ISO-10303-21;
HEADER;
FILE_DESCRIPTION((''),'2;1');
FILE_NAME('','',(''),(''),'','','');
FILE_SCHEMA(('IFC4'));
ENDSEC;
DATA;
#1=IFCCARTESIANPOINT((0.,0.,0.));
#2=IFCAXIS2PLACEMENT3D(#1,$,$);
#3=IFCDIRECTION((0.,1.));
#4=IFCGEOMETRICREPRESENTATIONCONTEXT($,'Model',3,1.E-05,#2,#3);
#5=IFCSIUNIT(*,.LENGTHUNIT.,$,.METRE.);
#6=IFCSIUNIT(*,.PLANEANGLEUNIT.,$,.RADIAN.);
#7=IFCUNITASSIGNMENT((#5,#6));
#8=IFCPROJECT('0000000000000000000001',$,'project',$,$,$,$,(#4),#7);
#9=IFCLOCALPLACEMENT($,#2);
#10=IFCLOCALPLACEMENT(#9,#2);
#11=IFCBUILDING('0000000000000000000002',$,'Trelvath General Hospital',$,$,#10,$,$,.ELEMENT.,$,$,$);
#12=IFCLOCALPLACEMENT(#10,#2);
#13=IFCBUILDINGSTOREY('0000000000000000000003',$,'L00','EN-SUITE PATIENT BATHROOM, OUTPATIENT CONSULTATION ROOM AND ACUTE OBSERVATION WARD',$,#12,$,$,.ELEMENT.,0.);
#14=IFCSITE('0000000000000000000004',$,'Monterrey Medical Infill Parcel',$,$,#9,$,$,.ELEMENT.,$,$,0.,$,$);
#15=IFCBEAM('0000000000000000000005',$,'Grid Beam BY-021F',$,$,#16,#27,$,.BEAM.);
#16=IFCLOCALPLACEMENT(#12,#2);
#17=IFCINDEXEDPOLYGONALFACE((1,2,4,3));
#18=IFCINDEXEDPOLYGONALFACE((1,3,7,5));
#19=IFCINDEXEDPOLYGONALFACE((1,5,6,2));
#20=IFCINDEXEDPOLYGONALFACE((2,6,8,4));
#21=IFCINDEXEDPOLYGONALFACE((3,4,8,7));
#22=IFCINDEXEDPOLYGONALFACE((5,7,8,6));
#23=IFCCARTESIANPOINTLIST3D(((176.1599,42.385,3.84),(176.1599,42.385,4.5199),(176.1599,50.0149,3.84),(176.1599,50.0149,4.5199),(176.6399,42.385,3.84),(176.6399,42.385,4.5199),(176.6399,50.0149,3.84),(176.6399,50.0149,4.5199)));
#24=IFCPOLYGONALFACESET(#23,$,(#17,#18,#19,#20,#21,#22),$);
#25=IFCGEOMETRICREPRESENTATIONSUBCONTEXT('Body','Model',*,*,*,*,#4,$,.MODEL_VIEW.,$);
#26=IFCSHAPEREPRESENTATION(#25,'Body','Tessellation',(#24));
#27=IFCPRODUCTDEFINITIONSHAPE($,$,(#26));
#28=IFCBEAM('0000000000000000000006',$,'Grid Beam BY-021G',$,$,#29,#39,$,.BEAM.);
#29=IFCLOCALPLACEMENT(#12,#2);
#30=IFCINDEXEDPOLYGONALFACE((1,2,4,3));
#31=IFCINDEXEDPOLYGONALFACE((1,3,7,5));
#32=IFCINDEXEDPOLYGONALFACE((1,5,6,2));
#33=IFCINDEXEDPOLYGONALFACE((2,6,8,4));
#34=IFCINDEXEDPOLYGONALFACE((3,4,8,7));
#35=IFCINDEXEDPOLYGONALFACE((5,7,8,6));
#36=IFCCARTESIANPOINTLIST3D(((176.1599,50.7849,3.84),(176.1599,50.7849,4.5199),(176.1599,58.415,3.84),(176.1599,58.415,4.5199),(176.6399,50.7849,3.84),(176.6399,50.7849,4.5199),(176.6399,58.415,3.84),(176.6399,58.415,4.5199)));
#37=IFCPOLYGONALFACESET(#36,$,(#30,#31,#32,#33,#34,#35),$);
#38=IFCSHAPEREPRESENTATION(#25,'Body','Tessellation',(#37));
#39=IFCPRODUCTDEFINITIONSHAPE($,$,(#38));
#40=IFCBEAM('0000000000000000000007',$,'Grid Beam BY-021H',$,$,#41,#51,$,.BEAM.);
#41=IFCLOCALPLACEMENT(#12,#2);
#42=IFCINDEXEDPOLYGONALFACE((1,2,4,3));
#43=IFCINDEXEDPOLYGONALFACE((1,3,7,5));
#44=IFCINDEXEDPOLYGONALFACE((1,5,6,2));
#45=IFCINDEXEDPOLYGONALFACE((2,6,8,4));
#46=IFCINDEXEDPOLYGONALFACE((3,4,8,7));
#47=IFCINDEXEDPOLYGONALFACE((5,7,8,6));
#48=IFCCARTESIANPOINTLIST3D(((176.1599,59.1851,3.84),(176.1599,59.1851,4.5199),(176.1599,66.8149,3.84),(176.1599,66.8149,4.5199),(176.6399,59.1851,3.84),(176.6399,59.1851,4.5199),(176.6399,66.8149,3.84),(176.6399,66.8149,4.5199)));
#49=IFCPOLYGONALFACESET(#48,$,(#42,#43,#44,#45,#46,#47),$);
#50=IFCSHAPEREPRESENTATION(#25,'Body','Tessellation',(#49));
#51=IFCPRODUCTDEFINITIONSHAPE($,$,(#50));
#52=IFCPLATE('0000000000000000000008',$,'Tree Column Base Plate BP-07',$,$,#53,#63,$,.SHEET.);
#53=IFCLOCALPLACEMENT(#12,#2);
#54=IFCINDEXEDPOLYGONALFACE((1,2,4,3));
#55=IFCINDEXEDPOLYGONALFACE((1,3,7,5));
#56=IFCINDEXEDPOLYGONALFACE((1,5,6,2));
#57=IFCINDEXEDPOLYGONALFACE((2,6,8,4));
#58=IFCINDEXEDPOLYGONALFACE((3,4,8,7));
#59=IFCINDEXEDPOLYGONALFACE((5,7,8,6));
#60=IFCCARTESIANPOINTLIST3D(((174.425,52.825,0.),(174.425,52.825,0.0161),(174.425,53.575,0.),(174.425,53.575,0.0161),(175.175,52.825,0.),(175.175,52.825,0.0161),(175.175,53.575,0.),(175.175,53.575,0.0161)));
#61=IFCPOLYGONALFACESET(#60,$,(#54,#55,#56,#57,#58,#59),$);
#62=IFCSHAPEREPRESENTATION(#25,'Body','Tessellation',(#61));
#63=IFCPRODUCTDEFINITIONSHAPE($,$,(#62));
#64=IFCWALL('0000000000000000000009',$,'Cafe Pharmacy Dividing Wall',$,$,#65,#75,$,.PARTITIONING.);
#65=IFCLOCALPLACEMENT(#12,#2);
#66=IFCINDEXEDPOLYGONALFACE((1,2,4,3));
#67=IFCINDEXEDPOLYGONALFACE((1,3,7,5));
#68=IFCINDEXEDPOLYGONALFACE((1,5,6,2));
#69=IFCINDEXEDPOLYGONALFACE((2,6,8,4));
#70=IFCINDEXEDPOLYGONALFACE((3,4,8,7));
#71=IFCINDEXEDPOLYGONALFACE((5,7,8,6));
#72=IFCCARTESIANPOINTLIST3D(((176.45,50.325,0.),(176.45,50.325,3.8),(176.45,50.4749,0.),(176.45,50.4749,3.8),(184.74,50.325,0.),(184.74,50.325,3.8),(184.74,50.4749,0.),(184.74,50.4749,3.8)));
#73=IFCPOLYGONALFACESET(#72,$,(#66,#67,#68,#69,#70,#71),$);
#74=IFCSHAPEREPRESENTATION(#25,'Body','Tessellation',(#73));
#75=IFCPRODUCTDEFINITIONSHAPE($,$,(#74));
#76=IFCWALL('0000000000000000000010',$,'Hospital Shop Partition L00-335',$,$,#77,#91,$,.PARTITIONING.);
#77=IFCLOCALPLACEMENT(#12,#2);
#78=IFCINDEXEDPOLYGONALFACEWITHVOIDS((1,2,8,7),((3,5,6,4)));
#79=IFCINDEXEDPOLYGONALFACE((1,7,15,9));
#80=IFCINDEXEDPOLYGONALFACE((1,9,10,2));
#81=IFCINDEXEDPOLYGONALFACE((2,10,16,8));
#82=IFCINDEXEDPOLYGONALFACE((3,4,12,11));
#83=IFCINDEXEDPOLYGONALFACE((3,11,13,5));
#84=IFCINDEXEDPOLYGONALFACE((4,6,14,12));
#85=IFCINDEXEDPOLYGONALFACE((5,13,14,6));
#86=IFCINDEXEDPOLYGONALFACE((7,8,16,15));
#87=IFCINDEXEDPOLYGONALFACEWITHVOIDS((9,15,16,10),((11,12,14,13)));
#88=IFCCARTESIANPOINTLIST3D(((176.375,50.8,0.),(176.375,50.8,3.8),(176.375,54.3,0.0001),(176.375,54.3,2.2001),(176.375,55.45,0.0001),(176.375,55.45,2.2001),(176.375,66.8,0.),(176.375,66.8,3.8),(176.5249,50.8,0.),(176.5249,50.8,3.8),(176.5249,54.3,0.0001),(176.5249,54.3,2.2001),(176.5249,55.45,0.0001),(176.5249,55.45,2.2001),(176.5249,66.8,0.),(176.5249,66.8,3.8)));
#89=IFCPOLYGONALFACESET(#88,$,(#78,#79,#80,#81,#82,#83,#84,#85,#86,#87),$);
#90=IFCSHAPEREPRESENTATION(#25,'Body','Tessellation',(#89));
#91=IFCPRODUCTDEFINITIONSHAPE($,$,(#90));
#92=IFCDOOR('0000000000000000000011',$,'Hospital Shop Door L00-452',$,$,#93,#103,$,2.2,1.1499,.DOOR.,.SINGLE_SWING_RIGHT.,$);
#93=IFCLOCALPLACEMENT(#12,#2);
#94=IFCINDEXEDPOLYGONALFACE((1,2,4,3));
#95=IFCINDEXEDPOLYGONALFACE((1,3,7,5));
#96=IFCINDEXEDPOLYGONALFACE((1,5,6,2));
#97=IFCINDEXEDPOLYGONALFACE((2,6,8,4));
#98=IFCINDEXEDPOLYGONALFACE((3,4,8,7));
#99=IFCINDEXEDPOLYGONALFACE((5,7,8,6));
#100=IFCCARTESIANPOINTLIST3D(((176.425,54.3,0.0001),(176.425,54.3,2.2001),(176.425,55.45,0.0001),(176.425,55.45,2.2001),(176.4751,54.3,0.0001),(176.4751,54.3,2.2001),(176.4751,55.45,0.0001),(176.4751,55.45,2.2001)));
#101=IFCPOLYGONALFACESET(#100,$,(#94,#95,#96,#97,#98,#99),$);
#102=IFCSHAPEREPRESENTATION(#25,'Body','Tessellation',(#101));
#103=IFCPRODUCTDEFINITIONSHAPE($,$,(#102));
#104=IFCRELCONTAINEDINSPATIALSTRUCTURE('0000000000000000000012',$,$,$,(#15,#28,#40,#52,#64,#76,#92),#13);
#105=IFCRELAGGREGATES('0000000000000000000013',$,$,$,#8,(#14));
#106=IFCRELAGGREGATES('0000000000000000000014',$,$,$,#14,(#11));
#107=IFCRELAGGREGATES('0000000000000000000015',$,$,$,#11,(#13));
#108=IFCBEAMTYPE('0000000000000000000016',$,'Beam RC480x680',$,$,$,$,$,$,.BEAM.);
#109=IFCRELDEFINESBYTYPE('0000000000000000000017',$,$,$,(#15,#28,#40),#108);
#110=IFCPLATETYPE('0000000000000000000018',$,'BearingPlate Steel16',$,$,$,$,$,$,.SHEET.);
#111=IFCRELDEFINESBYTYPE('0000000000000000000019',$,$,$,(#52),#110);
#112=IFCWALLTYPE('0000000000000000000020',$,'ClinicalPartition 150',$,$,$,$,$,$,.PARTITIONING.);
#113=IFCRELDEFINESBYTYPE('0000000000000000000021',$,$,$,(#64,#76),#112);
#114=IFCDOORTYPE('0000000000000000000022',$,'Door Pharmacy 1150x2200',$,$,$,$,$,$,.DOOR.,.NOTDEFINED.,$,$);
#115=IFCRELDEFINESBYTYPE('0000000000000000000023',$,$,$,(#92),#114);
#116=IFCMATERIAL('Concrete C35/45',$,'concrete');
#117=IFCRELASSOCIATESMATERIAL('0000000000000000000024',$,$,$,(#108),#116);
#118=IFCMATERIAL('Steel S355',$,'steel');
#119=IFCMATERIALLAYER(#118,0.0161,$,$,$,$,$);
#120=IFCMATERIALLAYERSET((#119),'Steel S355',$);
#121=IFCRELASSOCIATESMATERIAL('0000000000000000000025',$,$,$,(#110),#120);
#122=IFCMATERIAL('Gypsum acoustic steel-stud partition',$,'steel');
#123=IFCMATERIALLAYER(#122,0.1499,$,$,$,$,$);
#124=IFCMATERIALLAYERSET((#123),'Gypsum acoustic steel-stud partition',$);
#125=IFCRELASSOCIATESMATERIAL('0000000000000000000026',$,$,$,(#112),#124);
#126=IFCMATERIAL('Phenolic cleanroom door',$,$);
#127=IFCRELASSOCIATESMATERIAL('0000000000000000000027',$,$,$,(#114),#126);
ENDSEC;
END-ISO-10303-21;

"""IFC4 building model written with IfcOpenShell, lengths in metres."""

from ifc_helpers import new_model, si_unit, direction, frame, frame_2d, origin, origin_2d, place, context, subcontext, project, spatial, rectangle, extrude, material, layer, layer_set, material_profile, profile_set, type_object, element, fill, save


model = new_model("IFC4")

# Units and contexts
model_context = context("Model", 3, precision=1e-05, world=origin(), true_north=direction((0.0, 1.0)))
body_context = subcontext(model_context, "Body", "Model", "MODEL_VIEW")
ifc_project = project(units=[si_unit("LENGTHUNIT", "METRE"), si_unit("PLANEANGLEUNIT", "RADIAN")], contexts=[model_context])

# Site, building, storey
site_placement = place(None, origin())
site = spatial("IfcSite", under=ifc_project, at=site_placement, Name="Monterrey Medical Infill Parcel", CompositionType="ELEMENT", RefElevation=0.0)
building_placement = place(site_placement, origin())
building = spatial("IfcBuilding", under=site, at=building_placement, Name="Trelvath General Hospital", CompositionType="ELEMENT")
storey_placement = place(building_placement, origin())
storey = spatial("IfcBuildingStorey", under=building, at=storey_placement, Name="L00", Description="EN-SUITE PATIENT BATHROOM, OUTPATIENT CONSULTATION ROOM AND ACUTE OBSERVATION WARD", CompositionType="ELEMENT", Elevation=0.0)

# Beams
ifc_material_1 = material(Name="Concrete C35/45", Category="concrete")
ifc_material_profile_1 = material_profile(ifc_material_1, rectangle(XDim=0.48, YDim=0.6799, at=origin_2d()), Name="RCB480x680")
ifc_profile_set_1 = profile_set([ifc_material_profile_1], Name="Concrete C35/45")
beam_type_1 = type_object("IfcBeamType", Name="Beam RC480x680", PredefinedType="BEAM", material=ifc_profile_set_1)
beam_1_placement = place(storey_placement, frame((176.3999, 42.385, 4.1799), z_axis=(0.0, 1.0, 0.0), x_axis=(-1.0, 0.0, 0.0)))
element("IfcBeam", 1, at=beam_1_placement, inside=storey, type_object=beam_type_1, Name="Grid Beam BY-021F", PredefinedType="BEAM", context=body_context, shape_type="SweptSolid", body=[
    extrude(rectangle(XDim=0.48, YDim=0.6799, at=origin_2d()), origin(), (0.0, 0.0, 1.0), 7.6299),
])
beam_2_placement = place(storey_placement, frame((176.3999, 50.7849, 4.1799), z_axis=(0.0, 1.0, 0.0), x_axis=(-1.0, 0.0, 0.0)))
element("IfcBeam", 2, at=beam_2_placement, inside=storey, type_object=beam_type_1, Name="Grid Beam BY-021G", PredefinedType="BEAM", context=body_context, shape_type="SweptSolid", body=[
    extrude(rectangle(XDim=0.48, YDim=0.6799, at=origin_2d()), origin(), (0.0, 0.0, 1.0), 7.6301),
])
beam_3_placement = place(storey_placement, frame((176.3999, 59.1851, 4.1799), z_axis=(0.0, 1.0, 0.0), x_axis=(-1.0, 0.0, 0.0)))
element("IfcBeam", 3, at=beam_3_placement, inside=storey, type_object=beam_type_1, Name="Grid Beam BY-021H", PredefinedType="BEAM", context=body_context, shape_type="SweptSolid", body=[
    extrude(rectangle(XDim=0.48, YDim=0.6799, at=origin_2d()), origin(), (0.0, 0.0, 1.0), 7.6299),
])

# Plate
ifc_material_2 = material(Name="Steel S355", Category="steel")
ifc_layer_1 = layer(ifc_material_2, 0.0161)
ifc_layer_set_1 = layer_set([ifc_layer_1], Name="Steel S355")
plate_type = type_object("IfcPlateType", Name="BearingPlate Steel16", PredefinedType="SHEET", material=ifc_layer_set_1)
plate_placement = place(storey_placement, frame((174.8, 53.2, 0.0), z_axis=(0.0, 0.0, 1.0), x_axis=(1.0, 0.0, 0.0)))
element("IfcPlate", 4, at=plate_placement, inside=storey, type_object=plate_type, Name="Tree Column Base Plate BP-07", PredefinedType="SHEET", context=body_context, shape_type="SweptSolid", body=[
    extrude(rectangle(XDim=0.75, YDim=0.75, at=origin_2d()), origin(), (0.0, 0.0, 1.0), 0.0161),
])

# Wall
ifc_material_3 = material(Name="Gypsum acoustic steel-stud partition", Category="steel")
ifc_layer_2 = layer(ifc_material_3, 0.1499)
ifc_layer_set_2 = layer_set([ifc_layer_2], Name="Gypsum acoustic steel-stud partition")
wall_type = type_object("IfcWallType", Name="ClinicalPartition 150", PredefinedType="PARTITIONING", material=ifc_layer_set_2)
wall_1_placement = place(storey_placement, frame((176.45, 50.3999, 0.0), z_axis=(0.0, 0.0, 1.0), x_axis=(1.0, 0.0, 0.0)))
element("IfcWall", 5, at=wall_1_placement, inside=storey, type_object=wall_type, Name="Cafe Pharmacy Dividing Wall", PredefinedType="PARTITIONING", context=body_context, shape_type="SweptSolid", body=[
    extrude(rectangle(XDim=8.29, YDim=0.1499, at=frame_2d((4.145, 0.0))), origin(), (0.0, 0.0, 1.0), 3.8),
])

# Wall, opening, door
wall_2_placement = place(storey_placement, frame((176.45, 50.8, 0.0), z_axis=(0.0, 0.0, 1.0), x_axis=(0.0, 1.0, 0.0)))
wall_2 = element("IfcWall", 6, at=wall_2_placement, inside=storey, type_object=wall_type, Name="Hospital Shop Partition L00-335", PredefinedType="PARTITIONING", context=body_context, shape_type="SweptSolid", body=[
    extrude(rectangle(XDim=16.0, YDim=0.1499, at=frame_2d((8.0, 0.0))), origin(), (0.0, 0.0, 1.0), 3.8),
])
opening_placement = place(wall_2_placement, frame((3.5, 0.0, 0.0)))
opening = element("IfcOpeningElement", 7, at=opening_placement, cuts=wall_2, PredefinedType="OPENING", context=body_context, shape_type="SweptSolid", body=[
    extrude(rectangle(XDim=1.1499, YDim=2.2, at=frame_2d((0.575, 1.1001))), frame((0.0, 0.085, 0.0), z_axis=(0.0, -1.0, 0.0), x_axis=(1.0, 0.0, 0.0)), (0.0, 0.0, 1.0), 0.1699),
])
ifc_material_4 = material(Name="Phenolic cleanroom door")
door_type = type_object("IfcDoorType", Name="Door Pharmacy 1150x2200", OperationType="NOTDEFINED", PredefinedType="DOOR", material=ifc_material_4)
door_placement = place(opening_placement, origin())
door = element("IfcDoor", 8, at=door_placement, inside=storey, type_object=door_type, Name="Hospital Shop Door L00-452", OperationType="SINGLE_SWING_RIGHT", OverallHeight=2.2, OverallWidth=1.1499, PredefinedType="DOOR", context=body_context, shape_type="SweptSolid", body=[
    extrude(rectangle(XDim=1.1499, YDim=2.2, at=frame_2d((0.575, 1.1001))), frame((0.0, 0.0249, 0.0), z_axis=(0.0, -1.0, 0.0), x_axis=(1.0, 0.0, 0.0)), (0.0, 0.0, 1.0), 0.05),
])
fill(opening, door)

save(model, "model.ifc")
